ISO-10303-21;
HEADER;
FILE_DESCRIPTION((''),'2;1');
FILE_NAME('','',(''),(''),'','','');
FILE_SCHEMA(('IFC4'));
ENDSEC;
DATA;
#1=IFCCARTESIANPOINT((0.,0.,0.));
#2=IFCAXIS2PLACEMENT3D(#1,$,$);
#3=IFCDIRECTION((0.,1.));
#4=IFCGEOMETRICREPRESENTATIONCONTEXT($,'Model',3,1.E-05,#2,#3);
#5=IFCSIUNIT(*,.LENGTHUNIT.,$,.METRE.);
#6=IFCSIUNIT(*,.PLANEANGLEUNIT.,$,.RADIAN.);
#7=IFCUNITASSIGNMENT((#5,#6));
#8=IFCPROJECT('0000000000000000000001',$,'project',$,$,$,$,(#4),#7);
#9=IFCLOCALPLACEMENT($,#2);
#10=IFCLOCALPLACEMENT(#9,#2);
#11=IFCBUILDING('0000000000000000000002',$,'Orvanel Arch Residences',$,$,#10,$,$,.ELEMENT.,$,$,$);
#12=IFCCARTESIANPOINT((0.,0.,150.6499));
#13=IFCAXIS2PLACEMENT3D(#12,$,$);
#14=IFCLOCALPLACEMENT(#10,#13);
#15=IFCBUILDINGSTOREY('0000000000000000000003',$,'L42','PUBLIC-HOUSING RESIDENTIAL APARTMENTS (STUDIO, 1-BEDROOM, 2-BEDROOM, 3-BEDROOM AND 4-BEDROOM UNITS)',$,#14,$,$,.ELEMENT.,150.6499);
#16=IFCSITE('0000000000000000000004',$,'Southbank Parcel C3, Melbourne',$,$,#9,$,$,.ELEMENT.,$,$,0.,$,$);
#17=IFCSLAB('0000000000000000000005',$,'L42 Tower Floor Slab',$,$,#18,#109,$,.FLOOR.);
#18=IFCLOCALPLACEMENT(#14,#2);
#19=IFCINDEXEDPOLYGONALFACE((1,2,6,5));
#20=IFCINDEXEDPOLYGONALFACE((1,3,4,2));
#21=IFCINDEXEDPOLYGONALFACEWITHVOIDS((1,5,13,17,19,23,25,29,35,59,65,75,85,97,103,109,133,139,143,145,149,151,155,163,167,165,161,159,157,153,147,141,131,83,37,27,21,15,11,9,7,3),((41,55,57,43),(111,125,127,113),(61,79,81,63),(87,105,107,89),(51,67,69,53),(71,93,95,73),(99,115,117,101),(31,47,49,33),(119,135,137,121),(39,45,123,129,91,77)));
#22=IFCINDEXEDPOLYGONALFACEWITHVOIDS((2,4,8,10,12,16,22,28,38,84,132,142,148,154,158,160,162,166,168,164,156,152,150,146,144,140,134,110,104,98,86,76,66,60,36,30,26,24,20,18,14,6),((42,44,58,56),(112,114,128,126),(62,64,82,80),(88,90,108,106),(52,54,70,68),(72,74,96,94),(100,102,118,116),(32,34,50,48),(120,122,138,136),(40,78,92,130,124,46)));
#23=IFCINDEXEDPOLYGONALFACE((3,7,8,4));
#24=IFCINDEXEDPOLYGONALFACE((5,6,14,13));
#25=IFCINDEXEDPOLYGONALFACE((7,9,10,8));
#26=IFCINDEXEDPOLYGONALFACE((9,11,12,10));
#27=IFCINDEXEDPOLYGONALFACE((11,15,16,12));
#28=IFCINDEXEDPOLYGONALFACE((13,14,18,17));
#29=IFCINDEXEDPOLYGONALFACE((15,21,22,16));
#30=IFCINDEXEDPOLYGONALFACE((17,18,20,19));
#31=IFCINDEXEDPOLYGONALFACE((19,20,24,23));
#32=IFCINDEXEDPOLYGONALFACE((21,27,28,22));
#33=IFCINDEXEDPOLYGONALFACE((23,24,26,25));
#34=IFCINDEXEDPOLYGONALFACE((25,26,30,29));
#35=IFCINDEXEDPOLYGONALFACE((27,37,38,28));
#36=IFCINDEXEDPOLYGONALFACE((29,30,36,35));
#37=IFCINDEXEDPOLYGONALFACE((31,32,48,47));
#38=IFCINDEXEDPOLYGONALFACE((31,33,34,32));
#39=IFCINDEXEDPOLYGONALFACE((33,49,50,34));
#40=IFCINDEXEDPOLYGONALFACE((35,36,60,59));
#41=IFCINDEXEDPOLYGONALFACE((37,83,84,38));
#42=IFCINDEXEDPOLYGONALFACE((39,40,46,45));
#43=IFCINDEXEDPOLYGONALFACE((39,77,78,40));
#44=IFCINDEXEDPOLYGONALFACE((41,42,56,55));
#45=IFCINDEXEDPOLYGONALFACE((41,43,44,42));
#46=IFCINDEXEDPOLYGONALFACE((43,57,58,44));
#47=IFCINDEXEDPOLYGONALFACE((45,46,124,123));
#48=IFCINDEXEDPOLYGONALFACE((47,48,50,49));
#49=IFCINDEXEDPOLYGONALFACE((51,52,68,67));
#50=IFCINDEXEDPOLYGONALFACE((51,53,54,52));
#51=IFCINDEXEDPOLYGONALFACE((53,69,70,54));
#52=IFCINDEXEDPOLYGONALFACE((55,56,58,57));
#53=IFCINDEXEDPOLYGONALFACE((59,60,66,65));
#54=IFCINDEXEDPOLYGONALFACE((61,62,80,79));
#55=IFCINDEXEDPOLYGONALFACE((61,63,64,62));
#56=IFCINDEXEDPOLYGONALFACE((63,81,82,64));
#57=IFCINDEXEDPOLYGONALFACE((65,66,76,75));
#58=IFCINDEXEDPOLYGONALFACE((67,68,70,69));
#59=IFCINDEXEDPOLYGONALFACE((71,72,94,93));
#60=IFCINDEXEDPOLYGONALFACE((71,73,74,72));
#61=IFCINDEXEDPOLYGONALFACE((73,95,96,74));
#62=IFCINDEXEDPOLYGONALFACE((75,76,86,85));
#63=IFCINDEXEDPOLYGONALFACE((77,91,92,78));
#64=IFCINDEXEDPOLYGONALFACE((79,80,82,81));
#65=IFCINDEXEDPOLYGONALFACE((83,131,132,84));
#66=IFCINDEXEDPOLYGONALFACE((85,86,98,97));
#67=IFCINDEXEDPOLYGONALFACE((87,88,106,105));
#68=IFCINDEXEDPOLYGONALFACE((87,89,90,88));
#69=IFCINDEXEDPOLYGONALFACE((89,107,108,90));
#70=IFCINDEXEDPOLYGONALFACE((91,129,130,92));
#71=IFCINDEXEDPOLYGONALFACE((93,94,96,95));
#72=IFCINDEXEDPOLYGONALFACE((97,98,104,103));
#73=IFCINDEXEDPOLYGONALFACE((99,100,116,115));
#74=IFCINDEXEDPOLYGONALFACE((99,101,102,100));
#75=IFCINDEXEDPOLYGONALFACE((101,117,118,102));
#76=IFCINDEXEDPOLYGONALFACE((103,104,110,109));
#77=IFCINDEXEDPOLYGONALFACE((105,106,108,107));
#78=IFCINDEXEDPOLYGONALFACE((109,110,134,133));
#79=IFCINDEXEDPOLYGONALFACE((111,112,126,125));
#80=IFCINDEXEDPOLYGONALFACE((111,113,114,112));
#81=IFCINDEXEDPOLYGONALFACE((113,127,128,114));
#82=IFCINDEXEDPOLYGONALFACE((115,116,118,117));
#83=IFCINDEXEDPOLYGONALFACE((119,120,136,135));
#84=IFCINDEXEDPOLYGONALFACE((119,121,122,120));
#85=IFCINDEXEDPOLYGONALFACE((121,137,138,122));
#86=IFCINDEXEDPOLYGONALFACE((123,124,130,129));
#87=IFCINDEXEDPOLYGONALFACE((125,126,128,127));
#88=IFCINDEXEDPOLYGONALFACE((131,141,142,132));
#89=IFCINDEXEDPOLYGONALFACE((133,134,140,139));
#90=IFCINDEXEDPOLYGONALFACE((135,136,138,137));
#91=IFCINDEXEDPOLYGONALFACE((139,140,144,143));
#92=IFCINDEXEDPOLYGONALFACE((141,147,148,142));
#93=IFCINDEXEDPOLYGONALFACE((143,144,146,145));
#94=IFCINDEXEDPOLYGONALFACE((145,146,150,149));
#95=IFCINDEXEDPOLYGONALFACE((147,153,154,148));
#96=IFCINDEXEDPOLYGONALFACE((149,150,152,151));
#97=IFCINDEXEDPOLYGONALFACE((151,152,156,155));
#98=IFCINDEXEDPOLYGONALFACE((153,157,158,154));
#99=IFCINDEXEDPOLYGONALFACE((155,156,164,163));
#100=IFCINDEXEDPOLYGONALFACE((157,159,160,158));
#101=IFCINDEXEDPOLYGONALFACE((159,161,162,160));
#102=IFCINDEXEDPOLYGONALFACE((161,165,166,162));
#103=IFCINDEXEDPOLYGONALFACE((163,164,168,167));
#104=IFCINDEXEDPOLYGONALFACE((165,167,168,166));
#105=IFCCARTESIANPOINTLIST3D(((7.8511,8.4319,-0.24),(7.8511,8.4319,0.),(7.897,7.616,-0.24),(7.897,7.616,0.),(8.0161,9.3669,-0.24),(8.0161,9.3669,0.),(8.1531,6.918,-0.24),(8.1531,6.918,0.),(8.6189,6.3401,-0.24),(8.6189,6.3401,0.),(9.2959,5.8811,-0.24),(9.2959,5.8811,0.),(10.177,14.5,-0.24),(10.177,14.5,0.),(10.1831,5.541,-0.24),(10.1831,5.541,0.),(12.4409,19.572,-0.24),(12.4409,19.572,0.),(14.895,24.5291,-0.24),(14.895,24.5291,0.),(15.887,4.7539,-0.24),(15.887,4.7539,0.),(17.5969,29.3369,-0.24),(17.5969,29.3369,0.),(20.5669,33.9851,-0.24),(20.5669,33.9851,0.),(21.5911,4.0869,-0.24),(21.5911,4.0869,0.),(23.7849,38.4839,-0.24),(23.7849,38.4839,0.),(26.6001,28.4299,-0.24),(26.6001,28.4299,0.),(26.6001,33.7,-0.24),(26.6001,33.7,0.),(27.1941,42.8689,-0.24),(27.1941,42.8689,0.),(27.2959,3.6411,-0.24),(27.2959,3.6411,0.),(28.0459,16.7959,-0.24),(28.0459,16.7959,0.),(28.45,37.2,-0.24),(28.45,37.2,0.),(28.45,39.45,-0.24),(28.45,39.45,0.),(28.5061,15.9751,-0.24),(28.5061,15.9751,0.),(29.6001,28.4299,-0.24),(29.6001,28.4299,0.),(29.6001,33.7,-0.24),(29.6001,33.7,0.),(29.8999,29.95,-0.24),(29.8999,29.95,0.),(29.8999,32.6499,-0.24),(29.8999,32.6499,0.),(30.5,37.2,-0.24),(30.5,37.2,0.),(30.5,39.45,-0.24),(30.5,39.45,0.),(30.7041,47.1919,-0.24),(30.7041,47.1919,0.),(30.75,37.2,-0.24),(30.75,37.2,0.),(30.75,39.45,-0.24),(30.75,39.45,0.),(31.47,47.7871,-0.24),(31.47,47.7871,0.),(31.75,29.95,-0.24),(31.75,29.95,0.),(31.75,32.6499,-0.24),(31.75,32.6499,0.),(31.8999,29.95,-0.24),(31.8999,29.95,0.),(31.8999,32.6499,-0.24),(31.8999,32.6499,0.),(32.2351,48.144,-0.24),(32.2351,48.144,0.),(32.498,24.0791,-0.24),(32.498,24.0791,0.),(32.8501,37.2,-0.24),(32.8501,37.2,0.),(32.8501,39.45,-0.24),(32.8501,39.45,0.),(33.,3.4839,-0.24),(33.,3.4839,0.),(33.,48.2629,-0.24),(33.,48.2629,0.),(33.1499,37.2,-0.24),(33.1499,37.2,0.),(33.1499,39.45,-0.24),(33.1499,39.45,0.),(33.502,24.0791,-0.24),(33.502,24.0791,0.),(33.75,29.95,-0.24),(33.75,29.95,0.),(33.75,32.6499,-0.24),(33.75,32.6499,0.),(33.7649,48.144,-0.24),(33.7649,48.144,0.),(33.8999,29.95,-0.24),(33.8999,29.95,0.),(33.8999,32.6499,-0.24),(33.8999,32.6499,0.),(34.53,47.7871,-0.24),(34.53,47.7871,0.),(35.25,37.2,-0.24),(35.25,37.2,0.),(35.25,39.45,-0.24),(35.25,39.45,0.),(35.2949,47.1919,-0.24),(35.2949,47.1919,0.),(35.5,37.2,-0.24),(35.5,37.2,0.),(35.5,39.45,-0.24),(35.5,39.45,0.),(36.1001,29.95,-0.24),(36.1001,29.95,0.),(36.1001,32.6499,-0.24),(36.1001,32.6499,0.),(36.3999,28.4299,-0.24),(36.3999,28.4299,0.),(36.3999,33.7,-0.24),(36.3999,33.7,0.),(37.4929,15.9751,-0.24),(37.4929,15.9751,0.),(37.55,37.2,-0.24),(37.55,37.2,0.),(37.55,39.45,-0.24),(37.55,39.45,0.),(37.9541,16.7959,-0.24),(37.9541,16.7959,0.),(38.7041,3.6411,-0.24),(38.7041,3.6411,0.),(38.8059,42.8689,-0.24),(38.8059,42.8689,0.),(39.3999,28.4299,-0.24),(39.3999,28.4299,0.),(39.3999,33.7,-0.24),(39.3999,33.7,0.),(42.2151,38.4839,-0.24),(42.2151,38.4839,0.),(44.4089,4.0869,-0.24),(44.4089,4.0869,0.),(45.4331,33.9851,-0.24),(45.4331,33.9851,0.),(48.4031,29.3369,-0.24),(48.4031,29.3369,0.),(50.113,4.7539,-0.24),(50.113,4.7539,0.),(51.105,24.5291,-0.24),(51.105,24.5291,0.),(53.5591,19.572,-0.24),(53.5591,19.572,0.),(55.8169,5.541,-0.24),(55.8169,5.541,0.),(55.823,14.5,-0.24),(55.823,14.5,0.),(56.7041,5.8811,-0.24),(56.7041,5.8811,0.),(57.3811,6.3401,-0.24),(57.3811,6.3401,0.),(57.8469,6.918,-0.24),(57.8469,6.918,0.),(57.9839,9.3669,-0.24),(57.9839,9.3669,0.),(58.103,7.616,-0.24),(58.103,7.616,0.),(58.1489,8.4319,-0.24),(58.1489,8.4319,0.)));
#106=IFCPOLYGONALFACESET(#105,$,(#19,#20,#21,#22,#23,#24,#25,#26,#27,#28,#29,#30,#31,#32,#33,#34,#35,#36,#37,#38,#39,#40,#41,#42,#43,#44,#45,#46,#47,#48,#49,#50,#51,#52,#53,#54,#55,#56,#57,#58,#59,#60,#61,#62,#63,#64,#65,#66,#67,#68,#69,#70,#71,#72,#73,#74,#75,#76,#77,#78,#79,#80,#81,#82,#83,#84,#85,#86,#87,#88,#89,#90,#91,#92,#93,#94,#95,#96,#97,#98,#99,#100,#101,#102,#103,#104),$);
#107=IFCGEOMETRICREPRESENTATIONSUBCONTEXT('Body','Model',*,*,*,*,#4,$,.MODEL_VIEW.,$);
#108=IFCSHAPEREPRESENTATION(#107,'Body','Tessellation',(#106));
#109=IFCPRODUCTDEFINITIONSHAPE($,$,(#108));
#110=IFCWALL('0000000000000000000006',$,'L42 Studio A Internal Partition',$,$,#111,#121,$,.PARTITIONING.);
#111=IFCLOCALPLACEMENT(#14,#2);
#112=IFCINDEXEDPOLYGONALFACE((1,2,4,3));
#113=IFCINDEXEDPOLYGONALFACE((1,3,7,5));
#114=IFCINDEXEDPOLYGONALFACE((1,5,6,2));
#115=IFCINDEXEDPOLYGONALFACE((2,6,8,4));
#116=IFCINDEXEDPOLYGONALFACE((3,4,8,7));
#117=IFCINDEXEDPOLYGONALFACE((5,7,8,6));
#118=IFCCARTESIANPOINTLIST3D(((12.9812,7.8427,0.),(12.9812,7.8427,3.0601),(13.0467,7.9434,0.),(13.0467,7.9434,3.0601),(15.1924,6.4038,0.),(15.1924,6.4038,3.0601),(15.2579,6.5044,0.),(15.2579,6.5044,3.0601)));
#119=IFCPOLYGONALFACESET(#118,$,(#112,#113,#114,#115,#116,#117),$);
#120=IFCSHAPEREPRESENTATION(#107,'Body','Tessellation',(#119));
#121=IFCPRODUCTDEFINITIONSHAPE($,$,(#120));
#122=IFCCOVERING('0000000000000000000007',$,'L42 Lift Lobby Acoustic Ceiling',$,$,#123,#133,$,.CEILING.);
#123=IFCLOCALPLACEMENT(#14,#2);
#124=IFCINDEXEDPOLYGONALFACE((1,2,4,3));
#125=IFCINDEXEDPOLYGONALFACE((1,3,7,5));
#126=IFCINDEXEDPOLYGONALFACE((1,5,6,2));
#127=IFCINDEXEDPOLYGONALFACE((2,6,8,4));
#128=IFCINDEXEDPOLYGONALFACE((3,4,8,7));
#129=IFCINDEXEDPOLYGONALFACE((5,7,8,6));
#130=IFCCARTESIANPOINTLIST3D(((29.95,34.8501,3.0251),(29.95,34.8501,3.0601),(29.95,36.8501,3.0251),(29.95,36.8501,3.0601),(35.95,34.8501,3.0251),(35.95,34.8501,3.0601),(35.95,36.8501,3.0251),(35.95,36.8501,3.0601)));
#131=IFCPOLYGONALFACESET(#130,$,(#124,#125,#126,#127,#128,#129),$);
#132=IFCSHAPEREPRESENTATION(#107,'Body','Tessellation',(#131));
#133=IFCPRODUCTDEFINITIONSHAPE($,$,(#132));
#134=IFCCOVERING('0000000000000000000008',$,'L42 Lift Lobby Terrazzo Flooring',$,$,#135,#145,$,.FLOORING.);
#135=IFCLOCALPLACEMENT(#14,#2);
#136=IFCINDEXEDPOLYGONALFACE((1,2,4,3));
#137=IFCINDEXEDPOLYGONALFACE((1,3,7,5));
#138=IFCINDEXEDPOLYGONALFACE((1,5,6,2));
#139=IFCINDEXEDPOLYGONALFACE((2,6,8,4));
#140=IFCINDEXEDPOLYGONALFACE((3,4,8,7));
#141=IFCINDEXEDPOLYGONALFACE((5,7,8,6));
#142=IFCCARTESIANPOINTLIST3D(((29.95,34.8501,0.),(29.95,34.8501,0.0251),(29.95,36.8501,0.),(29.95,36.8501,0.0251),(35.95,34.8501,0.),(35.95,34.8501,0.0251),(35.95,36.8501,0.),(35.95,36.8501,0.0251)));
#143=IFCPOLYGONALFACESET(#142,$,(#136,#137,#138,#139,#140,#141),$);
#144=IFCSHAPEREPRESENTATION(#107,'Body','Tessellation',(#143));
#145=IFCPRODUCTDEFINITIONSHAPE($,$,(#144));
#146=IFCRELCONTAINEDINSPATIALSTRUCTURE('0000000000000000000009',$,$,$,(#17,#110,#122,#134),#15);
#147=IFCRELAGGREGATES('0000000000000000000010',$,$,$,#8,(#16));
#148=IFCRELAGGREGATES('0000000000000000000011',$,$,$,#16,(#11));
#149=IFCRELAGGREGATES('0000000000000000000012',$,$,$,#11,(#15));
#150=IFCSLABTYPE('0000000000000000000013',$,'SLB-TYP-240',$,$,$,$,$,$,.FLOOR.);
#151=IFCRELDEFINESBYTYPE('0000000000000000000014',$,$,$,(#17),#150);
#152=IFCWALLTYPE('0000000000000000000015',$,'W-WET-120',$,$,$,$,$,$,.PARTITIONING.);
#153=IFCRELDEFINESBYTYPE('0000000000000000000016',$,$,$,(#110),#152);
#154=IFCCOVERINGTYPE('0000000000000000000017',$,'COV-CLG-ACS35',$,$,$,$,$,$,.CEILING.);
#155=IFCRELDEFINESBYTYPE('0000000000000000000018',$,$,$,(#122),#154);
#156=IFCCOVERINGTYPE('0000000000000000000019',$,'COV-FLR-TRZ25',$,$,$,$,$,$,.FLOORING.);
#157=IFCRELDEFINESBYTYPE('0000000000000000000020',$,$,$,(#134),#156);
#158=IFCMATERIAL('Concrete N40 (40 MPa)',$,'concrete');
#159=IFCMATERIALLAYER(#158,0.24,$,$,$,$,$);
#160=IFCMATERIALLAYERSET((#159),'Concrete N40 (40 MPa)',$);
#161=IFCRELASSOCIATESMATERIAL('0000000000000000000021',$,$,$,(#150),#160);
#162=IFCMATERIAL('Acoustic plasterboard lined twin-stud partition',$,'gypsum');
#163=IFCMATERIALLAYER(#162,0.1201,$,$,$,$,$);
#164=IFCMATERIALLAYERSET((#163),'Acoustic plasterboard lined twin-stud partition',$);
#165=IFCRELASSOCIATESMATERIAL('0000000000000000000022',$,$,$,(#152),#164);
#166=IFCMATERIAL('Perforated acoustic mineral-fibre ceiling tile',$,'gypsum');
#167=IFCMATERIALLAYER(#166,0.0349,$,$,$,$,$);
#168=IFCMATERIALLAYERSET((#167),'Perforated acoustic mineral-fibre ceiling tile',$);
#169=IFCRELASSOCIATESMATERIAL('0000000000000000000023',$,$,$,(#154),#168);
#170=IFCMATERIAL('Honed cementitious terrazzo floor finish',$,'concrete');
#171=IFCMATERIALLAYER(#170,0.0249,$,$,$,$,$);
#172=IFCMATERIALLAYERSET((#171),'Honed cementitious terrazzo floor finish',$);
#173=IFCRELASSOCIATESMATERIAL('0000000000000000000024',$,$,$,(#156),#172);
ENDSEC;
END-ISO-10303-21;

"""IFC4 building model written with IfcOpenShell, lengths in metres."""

from ifc_helpers import new_model, si_unit, direction, frame, frame_2d, origin, place, context, subcontext, project, spatial, polyline, rectangle, outline, extrude, material, layer, layer_set, type_object, element, save


model = new_model("IFC4")

# Units and contexts
model_context = context("Model", 3, precision=1e-05, world=origin(), true_north=direction((0.0, 1.0)))
body_context = subcontext(model_context, "Body", "Model", "MODEL_VIEW")
ifc_project = project(units=[si_unit("LENGTHUNIT", "METRE"), si_unit("PLANEANGLEUNIT", "RADIAN")], contexts=[model_context])

# Site, building, storey
site_placement = place(None, origin())
site = spatial("IfcSite", under=ifc_project, at=site_placement, Name="Southbank Parcel C3, Melbourne", CompositionType="ELEMENT", RefElevation=0.0)
building_placement = place(site_placement, origin())
building = spatial("IfcBuilding", under=site, at=building_placement, Name="Orvanel Arch Residences", CompositionType="ELEMENT")
storey_placement = place(building_placement, frame((0.0, 0.0, 150.6499)))
storey = spatial("IfcBuildingStorey", under=building, at=storey_placement, Name="L42", Description="PUBLIC-HOUSING RESIDENTIAL APARTMENTS (STUDIO, 1-BEDROOM, 2-BEDROOM, 3-BEDROOM AND 4-BEDROOM UNITS)", CompositionType="ELEMENT", Elevation=150.6499)

# Shared definitions
ifc_material_1 = material(Name="Concrete N40 (40 MPa)", Category="concrete")

# Slab
ifc_layer_1 = layer(ifc_material_1, 0.24)
ifc_layer_set_1 = layer_set([ifc_layer_1], Name="Concrete N40 (40 MPa)")
slab_type_1 = type_object("IfcSlabType", Name="SLB-TYP-240", PredefinedType="FLOOR", material=ifc_layer_set_1)
slab_1_placement = place(storey_placement, frame((0.0, 0.0, -0.24)))
element("IfcSlab", 1, at=slab_1_placement, inside=storey, type_object=slab_type_1, Name="L42 Tower Floor Slab", PredefinedType="FLOOR", context=body_context, shape_type="SweptSolid", body=[
    extrude(outline(polyline([(35.2949, 47.1919), (34.53, 47.7871), (33.7649, 48.144), (33.0, 48.2629), (32.2351, 48.144), (31.47, 47.7871), (30.7041, 47.1919), (27.1941, 42.8689), (23.7849, 38.4839), (20.5669, 33.9851), (17.5969, 29.3369), (14.895, 24.5291), (12.4409, 19.572), (10.177, 14.5), (8.0161, 9.3669), (7.8511, 8.4319), (7.897, 7.616), (8.1531, 6.918), (8.6189, 6.3401), (9.2959, 5.8811), (10.1831, 5.541), (15.887, 4.7539), (21.5911, 4.0869), (27.2959, 3.6411), (33.0, 3.4839), (38.7041, 3.6411), (44.4089, 4.0869), (50.113, 4.7539), (55.8169, 5.541), (56.7041, 5.8811), (57.3811, 6.3401), (57.8469, 6.918), (58.103, 7.616), (58.1489, 8.4319), (57.9839, 9.3669), (55.823, 14.5), (53.5591, 19.572), (51.105, 24.5291), (48.4031, 29.3369), (45.4331, 33.9851), (42.2151, 38.4839), (38.8059, 42.8689), (35.2949, 47.1919)]), holes=[polyline([(26.6001, 28.4299), (26.6001, 33.7), (29.6001, 33.7), (29.6001, 28.4299), (26.6001, 28.4299)]), polyline([(36.3999, 28.4299), (36.3999, 33.7), (39.3999, 33.7), (39.3999, 28.4299), (36.3999, 28.4299)]), polyline([(29.8999, 32.6499), (31.75, 32.6499), (31.75, 29.95), (29.8999, 29.95), (29.8999, 32.6499)]), polyline([(31.8999, 32.6499), (33.75, 32.6499), (33.75, 29.95), (31.8999, 29.95), (31.8999, 32.6499)]), polyline([(33.8999, 32.6499), (36.1001, 32.6499), (36.1001, 29.95), (33.8999, 29.95), (33.8999, 32.6499)]), polyline([(28.45, 39.45), (30.5, 39.45), (30.5, 37.2), (28.45, 37.2), (28.45, 39.45)]), polyline([(35.5, 39.45), (37.55, 39.45), (37.55, 37.2), (35.5, 37.2), (35.5, 39.45)]), polyline([(30.75, 39.45), (32.8501, 39.45), (32.8501, 37.2), (30.75, 37.2), (30.75, 39.45)]), polyline([(33.1499, 39.45), (35.25, 39.45), (35.25, 37.2), (33.1499, 37.2), (33.1499, 39.45)]), polyline([(37.9541, 16.7959), (37.4929, 15.9751), (28.5061, 15.9751), (28.0459, 16.7959), (32.498, 24.0791), (33.502, 24.0791), (37.9541, 16.7959)])]), origin(), (0.0, 0.0, 1.0), 0.24),
])

# Wall
ifc_material_2 = material(Name="Acoustic plasterboard lined twin-stud partition", Category="gypsum")
ifc_layer_2 = layer(ifc_material_2, 0.1201)
ifc_layer_set_2 = layer_set([ifc_layer_2], Name="Acoustic plasterboard lined twin-stud partition")
wall_type = type_object("IfcWallType", Name="W-WET-120", PredefinedType="PARTITIONING", material=ifc_layer_set_2)
wall_placement = place(storey_placement, frame((13.0139, 7.8931, 0.0), z_axis=(0.0, 0.0, 1.0), x_axis=(0.83815, -0.54544, 0.0)))
element("IfcWall", 2, at=wall_placement, inside=storey, type_object=wall_type, Name="L42 Studio A Internal Partition", PredefinedType="PARTITIONING", context=body_context, shape_type="SweptSolid", body=[
    extrude(rectangle(XDim=2.6382, YDim=0.1201, at=frame_2d((1.3191, 0.0))), origin(), (0.0, 0.0, 1.0), 3.0601),
])

# Coverings
ifc_material_3 = material(Name="Perforated acoustic mineral-fibre ceiling tile", Category="gypsum")
ifc_layer_3 = layer(ifc_material_3, 0.0349)
ifc_layer_set_3 = layer_set([ifc_layer_3], Name="Perforated acoustic mineral-fibre ceiling tile")
covering_type_1 = type_object("IfcCoveringType", Name="COV-CLG-ACS35", PredefinedType="CEILING", material=ifc_layer_set_3)
covering_1_placement = place(storey_placement, frame((0.0, 0.0, 3.0251)))
element("IfcCovering", 3, at=covering_1_placement, inside=storey, type_object=covering_type_1, Name="L42 Lift Lobby Acoustic Ceiling", PredefinedType="CEILING", context=body_context, shape_type="SweptSolid", body=[
    extrude(outline(polyline([(29.95, 34.8501), (35.95, 34.8501), (35.95, 36.8501), (29.95, 36.8501), (29.95, 34.8501)])), origin(), (0.0, 0.0, 1.0), 0.0349),
])
ifc_material_4 = material(Name="Honed cementitious terrazzo floor finish", Category="concrete")
ifc_layer_4 = layer(ifc_material_4, 0.0249)
ifc_layer_set_4 = layer_set([ifc_layer_4], Name="Honed cementitious terrazzo floor finish")
covering_type_2 = type_object("IfcCoveringType", Name="COV-FLR-TRZ25", PredefinedType="FLOORING", material=ifc_layer_set_4)
covering_2_placement = place(storey_placement, origin())
element("IfcCovering", 4, at=covering_2_placement, inside=storey, type_object=covering_type_2, Name="L42 Lift Lobby Terrazzo Flooring", PredefinedType="FLOORING", context=body_context, shape_type="SweptSolid", body=[
    extrude(outline(polyline([(29.95, 34.8501), (35.95, 34.8501), (35.95, 36.8501), (29.95, 36.8501), (29.95, 34.8501)])), origin(), (0.0, 0.0, 1.0), 0.0251),
])

save(model, "model.ifc")
